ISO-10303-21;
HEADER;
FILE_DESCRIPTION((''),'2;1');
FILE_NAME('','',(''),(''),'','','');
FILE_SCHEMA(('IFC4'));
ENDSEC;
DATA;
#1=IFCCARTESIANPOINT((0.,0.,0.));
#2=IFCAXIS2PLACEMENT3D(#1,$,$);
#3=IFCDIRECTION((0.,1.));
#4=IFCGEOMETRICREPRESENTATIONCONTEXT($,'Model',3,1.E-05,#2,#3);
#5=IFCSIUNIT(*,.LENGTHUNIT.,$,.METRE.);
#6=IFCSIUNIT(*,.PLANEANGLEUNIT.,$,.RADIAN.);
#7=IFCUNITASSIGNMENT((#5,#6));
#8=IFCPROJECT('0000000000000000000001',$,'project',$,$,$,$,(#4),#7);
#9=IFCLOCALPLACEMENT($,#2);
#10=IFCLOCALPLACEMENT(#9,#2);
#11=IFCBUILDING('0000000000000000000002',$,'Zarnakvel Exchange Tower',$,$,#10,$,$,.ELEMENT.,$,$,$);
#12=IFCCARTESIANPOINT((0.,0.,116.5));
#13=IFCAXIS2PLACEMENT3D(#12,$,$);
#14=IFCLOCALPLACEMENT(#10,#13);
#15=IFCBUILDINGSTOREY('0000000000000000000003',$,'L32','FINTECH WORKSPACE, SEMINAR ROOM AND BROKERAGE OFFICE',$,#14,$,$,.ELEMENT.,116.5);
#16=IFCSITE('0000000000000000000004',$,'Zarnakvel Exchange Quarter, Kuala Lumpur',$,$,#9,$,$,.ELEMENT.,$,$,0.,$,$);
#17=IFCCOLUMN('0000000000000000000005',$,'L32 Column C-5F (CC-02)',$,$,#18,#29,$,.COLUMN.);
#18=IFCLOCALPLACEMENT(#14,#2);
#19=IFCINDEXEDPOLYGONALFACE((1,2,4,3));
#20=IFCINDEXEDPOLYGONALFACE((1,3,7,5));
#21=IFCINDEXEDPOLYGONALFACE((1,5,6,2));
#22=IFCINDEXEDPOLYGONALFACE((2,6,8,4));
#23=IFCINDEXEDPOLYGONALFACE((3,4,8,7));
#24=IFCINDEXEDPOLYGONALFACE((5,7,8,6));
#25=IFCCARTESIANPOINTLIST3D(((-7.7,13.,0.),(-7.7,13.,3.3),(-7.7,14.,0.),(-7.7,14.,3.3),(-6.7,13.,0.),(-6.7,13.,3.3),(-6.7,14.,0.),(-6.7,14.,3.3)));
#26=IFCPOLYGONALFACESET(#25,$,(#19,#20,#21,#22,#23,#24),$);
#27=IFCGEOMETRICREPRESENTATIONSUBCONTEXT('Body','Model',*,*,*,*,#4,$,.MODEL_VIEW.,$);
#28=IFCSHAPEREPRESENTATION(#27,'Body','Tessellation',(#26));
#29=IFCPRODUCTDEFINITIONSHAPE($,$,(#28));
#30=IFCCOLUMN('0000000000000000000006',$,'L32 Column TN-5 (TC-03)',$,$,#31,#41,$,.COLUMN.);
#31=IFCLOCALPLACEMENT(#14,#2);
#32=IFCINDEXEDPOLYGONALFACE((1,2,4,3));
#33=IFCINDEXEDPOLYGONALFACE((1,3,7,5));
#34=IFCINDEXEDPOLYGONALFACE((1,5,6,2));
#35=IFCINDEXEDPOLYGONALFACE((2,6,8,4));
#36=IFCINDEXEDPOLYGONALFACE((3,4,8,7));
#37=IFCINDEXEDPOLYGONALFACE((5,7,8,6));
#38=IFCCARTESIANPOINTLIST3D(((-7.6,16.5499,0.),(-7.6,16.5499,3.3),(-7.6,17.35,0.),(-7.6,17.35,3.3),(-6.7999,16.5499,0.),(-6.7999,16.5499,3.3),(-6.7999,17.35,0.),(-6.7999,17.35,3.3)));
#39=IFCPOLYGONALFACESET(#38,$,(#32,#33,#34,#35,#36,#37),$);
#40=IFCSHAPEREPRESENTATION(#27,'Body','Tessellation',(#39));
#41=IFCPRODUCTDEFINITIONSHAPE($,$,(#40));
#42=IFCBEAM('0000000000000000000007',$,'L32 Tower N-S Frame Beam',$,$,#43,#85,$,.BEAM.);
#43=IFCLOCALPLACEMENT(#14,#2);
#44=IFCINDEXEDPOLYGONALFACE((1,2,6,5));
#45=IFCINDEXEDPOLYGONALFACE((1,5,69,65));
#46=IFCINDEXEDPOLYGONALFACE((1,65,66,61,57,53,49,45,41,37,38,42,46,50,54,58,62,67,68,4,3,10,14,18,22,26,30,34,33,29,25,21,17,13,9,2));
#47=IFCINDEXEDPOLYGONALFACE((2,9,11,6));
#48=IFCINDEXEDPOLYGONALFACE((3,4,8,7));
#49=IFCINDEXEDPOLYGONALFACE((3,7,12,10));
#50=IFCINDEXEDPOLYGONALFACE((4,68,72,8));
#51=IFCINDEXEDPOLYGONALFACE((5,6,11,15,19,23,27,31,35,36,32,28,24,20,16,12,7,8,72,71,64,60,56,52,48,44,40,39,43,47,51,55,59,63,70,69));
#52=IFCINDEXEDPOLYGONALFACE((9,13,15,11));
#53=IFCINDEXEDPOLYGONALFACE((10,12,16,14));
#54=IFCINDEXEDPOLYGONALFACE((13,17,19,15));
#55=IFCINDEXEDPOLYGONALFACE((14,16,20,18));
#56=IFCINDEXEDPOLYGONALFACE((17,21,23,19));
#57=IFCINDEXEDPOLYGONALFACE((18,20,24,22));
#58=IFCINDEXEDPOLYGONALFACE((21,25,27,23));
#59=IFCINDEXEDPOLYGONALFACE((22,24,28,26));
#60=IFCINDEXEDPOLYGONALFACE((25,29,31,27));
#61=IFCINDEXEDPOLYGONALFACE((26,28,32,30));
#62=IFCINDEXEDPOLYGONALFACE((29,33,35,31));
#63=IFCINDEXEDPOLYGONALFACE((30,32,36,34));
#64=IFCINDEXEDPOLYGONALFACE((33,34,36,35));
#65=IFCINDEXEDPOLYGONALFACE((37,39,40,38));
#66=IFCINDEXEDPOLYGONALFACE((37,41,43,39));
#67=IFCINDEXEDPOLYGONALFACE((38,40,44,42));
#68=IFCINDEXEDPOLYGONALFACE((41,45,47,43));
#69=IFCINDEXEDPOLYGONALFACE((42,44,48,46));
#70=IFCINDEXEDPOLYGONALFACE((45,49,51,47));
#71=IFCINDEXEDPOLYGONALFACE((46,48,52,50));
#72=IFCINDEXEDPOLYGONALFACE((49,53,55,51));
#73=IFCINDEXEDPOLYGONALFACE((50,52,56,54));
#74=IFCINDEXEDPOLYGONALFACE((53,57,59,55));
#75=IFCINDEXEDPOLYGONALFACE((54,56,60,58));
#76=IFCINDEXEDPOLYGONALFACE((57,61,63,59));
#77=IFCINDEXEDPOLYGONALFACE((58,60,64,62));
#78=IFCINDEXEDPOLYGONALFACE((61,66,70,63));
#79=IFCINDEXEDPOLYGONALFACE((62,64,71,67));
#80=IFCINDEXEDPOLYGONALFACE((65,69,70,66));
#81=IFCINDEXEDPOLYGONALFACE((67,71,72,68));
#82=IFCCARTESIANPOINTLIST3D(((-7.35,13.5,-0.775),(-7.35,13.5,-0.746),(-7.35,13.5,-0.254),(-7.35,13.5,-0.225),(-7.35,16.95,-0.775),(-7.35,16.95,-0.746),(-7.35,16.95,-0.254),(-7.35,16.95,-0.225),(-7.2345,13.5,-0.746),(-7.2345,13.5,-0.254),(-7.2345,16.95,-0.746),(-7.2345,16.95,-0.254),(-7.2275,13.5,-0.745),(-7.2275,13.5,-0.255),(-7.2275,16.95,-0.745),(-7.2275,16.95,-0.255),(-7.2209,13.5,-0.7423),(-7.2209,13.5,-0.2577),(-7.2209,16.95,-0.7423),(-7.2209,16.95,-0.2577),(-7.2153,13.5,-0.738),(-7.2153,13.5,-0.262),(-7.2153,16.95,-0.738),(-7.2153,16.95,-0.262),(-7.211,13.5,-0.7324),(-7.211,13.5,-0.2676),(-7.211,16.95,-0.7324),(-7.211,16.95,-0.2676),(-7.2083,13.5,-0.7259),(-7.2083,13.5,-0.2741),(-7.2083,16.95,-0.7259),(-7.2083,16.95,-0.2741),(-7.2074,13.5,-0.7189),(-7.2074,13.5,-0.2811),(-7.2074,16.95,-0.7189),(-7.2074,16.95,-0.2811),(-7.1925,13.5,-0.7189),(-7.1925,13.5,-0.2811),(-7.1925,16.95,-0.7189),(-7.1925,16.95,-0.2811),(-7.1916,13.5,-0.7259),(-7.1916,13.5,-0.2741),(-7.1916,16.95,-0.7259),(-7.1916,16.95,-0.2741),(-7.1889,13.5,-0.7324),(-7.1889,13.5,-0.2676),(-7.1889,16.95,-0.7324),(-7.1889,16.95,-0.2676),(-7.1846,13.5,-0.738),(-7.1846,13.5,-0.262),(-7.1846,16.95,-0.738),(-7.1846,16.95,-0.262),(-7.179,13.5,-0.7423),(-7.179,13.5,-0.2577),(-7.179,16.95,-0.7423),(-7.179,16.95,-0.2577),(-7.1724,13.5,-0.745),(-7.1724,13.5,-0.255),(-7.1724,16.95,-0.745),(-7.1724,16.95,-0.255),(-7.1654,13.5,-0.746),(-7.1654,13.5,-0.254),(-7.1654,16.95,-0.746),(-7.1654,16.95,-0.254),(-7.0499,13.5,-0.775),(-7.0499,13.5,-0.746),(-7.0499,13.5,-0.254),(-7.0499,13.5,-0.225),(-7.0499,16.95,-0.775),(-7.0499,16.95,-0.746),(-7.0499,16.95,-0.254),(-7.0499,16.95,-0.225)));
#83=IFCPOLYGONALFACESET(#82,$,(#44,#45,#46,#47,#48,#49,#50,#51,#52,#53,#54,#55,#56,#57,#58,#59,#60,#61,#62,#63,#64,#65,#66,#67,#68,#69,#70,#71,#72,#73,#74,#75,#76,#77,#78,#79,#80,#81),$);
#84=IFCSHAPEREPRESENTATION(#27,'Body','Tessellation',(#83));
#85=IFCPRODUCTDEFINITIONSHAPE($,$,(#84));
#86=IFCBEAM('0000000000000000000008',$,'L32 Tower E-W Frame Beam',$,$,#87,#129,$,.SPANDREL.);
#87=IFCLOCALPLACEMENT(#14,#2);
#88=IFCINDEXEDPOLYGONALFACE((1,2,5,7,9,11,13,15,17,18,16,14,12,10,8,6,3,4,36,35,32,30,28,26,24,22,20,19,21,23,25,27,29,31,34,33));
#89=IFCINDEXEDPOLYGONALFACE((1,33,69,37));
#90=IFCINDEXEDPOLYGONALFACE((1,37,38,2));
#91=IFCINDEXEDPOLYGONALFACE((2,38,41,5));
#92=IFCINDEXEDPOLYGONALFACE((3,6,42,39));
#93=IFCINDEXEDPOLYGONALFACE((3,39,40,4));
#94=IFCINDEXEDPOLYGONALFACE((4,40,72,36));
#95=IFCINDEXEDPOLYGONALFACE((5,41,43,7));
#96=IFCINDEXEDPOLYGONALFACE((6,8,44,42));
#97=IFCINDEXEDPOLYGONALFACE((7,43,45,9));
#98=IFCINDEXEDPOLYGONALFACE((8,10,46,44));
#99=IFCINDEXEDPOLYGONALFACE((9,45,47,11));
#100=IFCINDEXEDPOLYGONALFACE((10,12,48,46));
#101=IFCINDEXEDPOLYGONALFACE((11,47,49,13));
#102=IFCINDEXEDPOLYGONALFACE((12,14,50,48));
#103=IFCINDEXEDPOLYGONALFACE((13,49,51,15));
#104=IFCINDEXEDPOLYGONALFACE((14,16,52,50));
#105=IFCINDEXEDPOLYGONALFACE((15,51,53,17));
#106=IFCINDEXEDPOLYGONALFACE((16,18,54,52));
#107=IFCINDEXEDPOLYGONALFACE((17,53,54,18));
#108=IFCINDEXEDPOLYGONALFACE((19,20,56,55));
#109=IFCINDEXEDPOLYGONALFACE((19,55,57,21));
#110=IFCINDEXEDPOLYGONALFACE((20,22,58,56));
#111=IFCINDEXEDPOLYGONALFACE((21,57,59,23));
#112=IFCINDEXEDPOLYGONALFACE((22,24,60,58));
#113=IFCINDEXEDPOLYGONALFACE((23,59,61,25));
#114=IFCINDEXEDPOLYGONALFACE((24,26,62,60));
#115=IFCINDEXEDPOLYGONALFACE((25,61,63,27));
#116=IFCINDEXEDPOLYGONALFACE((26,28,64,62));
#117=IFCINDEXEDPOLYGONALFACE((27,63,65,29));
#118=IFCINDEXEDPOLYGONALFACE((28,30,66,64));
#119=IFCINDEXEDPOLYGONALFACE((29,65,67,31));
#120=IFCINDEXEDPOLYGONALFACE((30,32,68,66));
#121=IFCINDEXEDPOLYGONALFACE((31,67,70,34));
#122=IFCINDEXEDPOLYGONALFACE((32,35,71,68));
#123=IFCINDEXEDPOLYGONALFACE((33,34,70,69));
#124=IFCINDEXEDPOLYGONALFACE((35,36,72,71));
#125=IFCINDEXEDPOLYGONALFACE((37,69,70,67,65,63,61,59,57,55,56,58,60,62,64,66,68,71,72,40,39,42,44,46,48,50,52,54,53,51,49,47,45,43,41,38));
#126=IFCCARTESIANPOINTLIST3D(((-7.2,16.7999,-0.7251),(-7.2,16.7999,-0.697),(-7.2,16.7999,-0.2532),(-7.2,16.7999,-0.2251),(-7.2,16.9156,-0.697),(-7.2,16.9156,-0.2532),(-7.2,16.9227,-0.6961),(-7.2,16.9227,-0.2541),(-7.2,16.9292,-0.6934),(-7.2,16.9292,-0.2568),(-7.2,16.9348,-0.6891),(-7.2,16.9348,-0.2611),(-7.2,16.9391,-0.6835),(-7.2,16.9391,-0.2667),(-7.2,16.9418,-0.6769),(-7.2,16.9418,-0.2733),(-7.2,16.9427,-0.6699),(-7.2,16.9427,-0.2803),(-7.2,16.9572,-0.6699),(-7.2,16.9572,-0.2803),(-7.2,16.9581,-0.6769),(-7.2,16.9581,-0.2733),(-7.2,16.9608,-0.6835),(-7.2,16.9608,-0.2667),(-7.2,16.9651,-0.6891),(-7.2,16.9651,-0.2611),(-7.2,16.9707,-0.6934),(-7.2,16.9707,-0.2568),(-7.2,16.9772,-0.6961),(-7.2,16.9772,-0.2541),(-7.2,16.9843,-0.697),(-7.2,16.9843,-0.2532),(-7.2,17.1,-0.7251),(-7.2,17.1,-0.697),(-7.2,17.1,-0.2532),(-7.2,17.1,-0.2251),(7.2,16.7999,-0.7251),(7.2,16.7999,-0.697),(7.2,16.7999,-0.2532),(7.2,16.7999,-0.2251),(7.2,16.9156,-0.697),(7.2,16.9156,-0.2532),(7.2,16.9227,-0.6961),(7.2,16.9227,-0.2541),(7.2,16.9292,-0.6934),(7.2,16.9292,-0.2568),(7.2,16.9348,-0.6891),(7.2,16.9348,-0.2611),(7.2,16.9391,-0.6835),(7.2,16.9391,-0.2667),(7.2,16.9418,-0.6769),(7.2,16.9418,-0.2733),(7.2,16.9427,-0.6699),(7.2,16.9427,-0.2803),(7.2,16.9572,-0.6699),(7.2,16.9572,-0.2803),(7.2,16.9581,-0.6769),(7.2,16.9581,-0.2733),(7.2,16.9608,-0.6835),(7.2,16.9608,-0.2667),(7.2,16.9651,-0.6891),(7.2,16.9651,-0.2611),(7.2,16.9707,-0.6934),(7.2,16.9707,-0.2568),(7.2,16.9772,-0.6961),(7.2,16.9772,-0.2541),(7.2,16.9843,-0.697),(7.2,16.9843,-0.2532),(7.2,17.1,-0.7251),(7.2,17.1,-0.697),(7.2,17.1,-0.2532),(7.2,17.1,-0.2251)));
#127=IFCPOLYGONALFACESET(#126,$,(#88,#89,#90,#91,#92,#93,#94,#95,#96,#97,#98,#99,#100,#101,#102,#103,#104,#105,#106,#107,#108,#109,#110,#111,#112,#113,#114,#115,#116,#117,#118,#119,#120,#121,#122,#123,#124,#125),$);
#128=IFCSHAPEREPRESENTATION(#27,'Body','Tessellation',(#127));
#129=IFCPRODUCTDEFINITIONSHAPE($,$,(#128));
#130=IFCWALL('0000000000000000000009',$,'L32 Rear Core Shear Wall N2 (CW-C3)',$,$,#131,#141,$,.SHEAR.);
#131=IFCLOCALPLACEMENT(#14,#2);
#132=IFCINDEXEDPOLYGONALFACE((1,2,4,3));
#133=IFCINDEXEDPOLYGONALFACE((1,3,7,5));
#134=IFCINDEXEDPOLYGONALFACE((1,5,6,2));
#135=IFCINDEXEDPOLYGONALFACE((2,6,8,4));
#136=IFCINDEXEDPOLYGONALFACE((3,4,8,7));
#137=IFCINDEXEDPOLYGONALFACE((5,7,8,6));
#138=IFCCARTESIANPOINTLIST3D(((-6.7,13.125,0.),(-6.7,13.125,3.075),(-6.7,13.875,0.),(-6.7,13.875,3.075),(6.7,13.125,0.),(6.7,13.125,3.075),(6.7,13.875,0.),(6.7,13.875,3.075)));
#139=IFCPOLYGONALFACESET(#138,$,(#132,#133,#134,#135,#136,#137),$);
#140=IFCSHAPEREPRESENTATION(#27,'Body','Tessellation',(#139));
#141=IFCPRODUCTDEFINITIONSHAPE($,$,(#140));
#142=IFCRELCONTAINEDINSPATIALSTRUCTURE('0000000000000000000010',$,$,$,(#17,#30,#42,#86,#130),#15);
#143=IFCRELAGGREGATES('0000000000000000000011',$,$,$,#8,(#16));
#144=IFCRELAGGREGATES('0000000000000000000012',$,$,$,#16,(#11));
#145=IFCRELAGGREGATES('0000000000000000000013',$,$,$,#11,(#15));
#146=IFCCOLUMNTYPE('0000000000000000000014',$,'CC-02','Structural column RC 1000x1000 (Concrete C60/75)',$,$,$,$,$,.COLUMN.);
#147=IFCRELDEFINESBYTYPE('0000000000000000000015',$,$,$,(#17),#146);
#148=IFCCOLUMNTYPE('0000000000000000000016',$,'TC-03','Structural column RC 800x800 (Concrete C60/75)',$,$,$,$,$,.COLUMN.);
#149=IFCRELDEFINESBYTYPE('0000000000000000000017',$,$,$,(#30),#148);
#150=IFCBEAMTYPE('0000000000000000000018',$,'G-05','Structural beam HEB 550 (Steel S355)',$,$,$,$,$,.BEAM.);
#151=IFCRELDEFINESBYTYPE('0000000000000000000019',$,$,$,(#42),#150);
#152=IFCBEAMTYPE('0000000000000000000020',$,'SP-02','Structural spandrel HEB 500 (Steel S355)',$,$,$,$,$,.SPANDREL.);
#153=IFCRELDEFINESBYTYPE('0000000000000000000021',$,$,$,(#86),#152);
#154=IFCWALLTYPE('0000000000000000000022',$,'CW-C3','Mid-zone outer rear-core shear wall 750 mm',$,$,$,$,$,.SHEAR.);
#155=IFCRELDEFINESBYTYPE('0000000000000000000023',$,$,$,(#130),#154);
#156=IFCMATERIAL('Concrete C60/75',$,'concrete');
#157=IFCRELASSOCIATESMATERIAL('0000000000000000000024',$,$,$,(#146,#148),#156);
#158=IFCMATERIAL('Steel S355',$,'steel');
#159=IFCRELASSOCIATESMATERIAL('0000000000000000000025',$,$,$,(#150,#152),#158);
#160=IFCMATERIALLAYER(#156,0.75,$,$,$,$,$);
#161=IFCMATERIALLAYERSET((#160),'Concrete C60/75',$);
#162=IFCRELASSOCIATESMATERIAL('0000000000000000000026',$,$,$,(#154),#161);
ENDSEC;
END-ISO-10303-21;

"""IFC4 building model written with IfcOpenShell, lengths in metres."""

from ifc_helpers import new_model, si_unit, direction, frame, frame_2d, origin, origin_2d, place, context, subcontext, project, spatial, rectangle, i_section, extrude, material, layer, layer_set, material_profile, profile_set, type_object, element, save


model = new_model("IFC4")

# Units and contexts
model_context = context("Model", 3, precision=1e-05, world=origin(), true_north=direction((0.0, 1.0)))
body_context = subcontext(model_context, "Body", "Model", "MODEL_VIEW")
ifc_project = project(units=[si_unit("LENGTHUNIT", "METRE"), si_unit("PLANEANGLEUNIT", "RADIAN")], contexts=[model_context])

# Site, building, storey
site_placement = place(None, origin())
site = spatial("IfcSite", under=ifc_project, at=site_placement, Name="Zarnakvel Exchange Quarter, Kuala Lumpur", CompositionType="ELEMENT", RefElevation=0.0)
building_placement = place(site_placement, origin())
building = spatial("IfcBuilding", under=site, at=building_placement, Name="Zarnakvel Exchange Tower", CompositionType="ELEMENT")
storey_placement = place(building_placement, frame((0.0, 0.0, 116.5)))
storey = spatial("IfcBuildingStorey", under=building, at=storey_placement, Name="L32", Description="FINTECH WORKSPACE, SEMINAR ROOM AND BROKERAGE OFFICE", CompositionType="ELEMENT", Elevation=116.5)

# Columns
ifc_material_1 = material(Name="Concrete C60/75", Category="concrete")
ifc_material_profile_1 = material_profile(ifc_material_1, rectangle(XDim=1.0, YDim=1.0, at=origin_2d()))
ifc_profile_set_1 = profile_set([ifc_material_profile_1], Name="Concrete C60/75")
column_type_1 = type_object("IfcColumnType", Name="CC-02", Description="Structural column RC 1000x1000 (Concrete C60/75)", PredefinedType="COLUMN", material=ifc_profile_set_1)
column_1_placement = place(storey_placement, frame((-7.2, 13.5, 0.0), z_axis=(0.0, 0.0, 1.0), x_axis=(1.0, 0.0, 0.0)))
element("IfcColumn", 1, at=column_1_placement, inside=storey, type_object=column_type_1, Name="L32 Column C-5F (CC-02)", PredefinedType="COLUMN", context=body_context, shape_type="SweptSolid", body=[
    extrude(rectangle(XDim=1.0, YDim=1.0, at=origin_2d()), origin(), (0.0, 0.0, 1.0), 3.3),
])
ifc_material_profile_2 = material_profile(ifc_material_1, rectangle(XDim=0.8, YDim=0.8, at=origin_2d()))
ifc_profile_set_2 = profile_set([ifc_material_profile_2], Name="Concrete C60/75")
column_type_2 = type_object("IfcColumnType", Name="TC-03", Description="Structural column RC 800x800 (Concrete C60/75)", PredefinedType="COLUMN", material=ifc_profile_set_2)
column_2_placement = place(storey_placement, frame((-7.2, 16.95, 0.0), z_axis=(0.0, 0.0, 1.0), x_axis=(1.0, 0.0, 0.0)))
element("IfcColumn", 2, at=column_2_placement, inside=storey, type_object=column_type_2, Name="L32 Column TN-5 (TC-03)", PredefinedType="COLUMN", context=body_context, shape_type="SweptSolid", body=[
    extrude(rectangle(XDim=0.8, YDim=0.8, at=origin_2d()), origin(), (0.0, 0.0, 1.0), 3.3),
])

# Beams
ifc_material_2 = material(Name="Steel S355", Category="steel")
ifc_material_profile_3 = material_profile(ifc_material_2, i_section(OverallWidth=0.3, OverallDepth=0.55, WebThickness=0.0149, FlangeThickness=0.0291, FilletRadius=0.0271, at=origin_2d()))
ifc_profile_set_3 = profile_set([ifc_material_profile_3], Name="Steel S355")
beam_type_1 = type_object("IfcBeamType", Name="G-05", Description="Structural beam HEB 550 (Steel S355)", PredefinedType="BEAM", material=ifc_profile_set_3)
beam_1_placement = place(storey_placement, frame((-7.2, 13.5, -0.5), z_axis=(0.0, 1.0, 0.0), x_axis=(-1.0, 0.0, 0.0)))
element("IfcBeam", 3, at=beam_1_placement, inside=storey, type_object=beam_type_1, Name="L32 Tower N-S Frame Beam", PredefinedType="BEAM", context=body_context, shape_type="SweptSolid", body=[
    extrude(i_section(OverallWidth=0.3, OverallDepth=0.55, WebThickness=0.0149, FlangeThickness=0.0291, FilletRadius=0.0271, at=origin_2d()), origin(), (0.0, 0.0, 1.0), 3.45),
])
ifc_material_profile_4 = material_profile(ifc_material_2, i_section(OverallWidth=0.3, OverallDepth=0.5, WebThickness=0.0144, FlangeThickness=0.0281, FilletRadius=0.0271, at=origin_2d()))
ifc_profile_set_4 = profile_set([ifc_material_profile_4], Name="Steel S355")
beam_type_2 = type_object("IfcBeamType", Name="SP-02", Description="Structural spandrel HEB 500 (Steel S355)", PredefinedType="SPANDREL", material=ifc_profile_set_4)
beam_2_placement = place(storey_placement, frame((-7.2, 16.95, -0.4751), z_axis=(1.0, 0.0, 0.0), x_axis=(0.0, 1.0, 0.0)))
element("IfcBeam", 4, at=beam_2_placement, inside=storey, type_object=beam_type_2, Name="L32 Tower E-W Frame Beam", PredefinedType="SPANDREL", context=body_context, shape_type="SweptSolid", body=[
    extrude(i_section(OverallWidth=0.3, OverallDepth=0.5, WebThickness=0.0144, FlangeThickness=0.0281, FilletRadius=0.0271, at=origin_2d()), origin(), (0.0, 0.0, 1.0), 14.3999),
])

# Wall
ifc_layer_1 = layer(ifc_material_1, 0.75)
ifc_layer_set_1 = layer_set([ifc_layer_1], Name="Concrete C60/75")
wall_type_1 = type_object("IfcWallType", Name="CW-C3", Description="Mid-zone outer rear-core shear wall 750 mm", PredefinedType="SHEAR", material=ifc_layer_set_1)
wall_1_placement = place(storey_placement, frame((-6.7, 13.5, 0.0), z_axis=(0.0, 0.0, 1.0), x_axis=(1.0, 0.0, 0.0)))
element("IfcWall", 5, at=wall_1_placement, inside=storey, type_object=wall_type_1, Name="L32 Rear Core Shear Wall N2 (CW-C3)", PredefinedType="SHEAR", context=body_context, shape_type="SweptSolid", body=[
    extrude(rectangle(XDim=13.3999, YDim=0.75, at=frame_2d((6.7, 0.0))), origin(), (0.0, 0.0, 1.0), 3.075),
])

save(model, "model.ifc")
